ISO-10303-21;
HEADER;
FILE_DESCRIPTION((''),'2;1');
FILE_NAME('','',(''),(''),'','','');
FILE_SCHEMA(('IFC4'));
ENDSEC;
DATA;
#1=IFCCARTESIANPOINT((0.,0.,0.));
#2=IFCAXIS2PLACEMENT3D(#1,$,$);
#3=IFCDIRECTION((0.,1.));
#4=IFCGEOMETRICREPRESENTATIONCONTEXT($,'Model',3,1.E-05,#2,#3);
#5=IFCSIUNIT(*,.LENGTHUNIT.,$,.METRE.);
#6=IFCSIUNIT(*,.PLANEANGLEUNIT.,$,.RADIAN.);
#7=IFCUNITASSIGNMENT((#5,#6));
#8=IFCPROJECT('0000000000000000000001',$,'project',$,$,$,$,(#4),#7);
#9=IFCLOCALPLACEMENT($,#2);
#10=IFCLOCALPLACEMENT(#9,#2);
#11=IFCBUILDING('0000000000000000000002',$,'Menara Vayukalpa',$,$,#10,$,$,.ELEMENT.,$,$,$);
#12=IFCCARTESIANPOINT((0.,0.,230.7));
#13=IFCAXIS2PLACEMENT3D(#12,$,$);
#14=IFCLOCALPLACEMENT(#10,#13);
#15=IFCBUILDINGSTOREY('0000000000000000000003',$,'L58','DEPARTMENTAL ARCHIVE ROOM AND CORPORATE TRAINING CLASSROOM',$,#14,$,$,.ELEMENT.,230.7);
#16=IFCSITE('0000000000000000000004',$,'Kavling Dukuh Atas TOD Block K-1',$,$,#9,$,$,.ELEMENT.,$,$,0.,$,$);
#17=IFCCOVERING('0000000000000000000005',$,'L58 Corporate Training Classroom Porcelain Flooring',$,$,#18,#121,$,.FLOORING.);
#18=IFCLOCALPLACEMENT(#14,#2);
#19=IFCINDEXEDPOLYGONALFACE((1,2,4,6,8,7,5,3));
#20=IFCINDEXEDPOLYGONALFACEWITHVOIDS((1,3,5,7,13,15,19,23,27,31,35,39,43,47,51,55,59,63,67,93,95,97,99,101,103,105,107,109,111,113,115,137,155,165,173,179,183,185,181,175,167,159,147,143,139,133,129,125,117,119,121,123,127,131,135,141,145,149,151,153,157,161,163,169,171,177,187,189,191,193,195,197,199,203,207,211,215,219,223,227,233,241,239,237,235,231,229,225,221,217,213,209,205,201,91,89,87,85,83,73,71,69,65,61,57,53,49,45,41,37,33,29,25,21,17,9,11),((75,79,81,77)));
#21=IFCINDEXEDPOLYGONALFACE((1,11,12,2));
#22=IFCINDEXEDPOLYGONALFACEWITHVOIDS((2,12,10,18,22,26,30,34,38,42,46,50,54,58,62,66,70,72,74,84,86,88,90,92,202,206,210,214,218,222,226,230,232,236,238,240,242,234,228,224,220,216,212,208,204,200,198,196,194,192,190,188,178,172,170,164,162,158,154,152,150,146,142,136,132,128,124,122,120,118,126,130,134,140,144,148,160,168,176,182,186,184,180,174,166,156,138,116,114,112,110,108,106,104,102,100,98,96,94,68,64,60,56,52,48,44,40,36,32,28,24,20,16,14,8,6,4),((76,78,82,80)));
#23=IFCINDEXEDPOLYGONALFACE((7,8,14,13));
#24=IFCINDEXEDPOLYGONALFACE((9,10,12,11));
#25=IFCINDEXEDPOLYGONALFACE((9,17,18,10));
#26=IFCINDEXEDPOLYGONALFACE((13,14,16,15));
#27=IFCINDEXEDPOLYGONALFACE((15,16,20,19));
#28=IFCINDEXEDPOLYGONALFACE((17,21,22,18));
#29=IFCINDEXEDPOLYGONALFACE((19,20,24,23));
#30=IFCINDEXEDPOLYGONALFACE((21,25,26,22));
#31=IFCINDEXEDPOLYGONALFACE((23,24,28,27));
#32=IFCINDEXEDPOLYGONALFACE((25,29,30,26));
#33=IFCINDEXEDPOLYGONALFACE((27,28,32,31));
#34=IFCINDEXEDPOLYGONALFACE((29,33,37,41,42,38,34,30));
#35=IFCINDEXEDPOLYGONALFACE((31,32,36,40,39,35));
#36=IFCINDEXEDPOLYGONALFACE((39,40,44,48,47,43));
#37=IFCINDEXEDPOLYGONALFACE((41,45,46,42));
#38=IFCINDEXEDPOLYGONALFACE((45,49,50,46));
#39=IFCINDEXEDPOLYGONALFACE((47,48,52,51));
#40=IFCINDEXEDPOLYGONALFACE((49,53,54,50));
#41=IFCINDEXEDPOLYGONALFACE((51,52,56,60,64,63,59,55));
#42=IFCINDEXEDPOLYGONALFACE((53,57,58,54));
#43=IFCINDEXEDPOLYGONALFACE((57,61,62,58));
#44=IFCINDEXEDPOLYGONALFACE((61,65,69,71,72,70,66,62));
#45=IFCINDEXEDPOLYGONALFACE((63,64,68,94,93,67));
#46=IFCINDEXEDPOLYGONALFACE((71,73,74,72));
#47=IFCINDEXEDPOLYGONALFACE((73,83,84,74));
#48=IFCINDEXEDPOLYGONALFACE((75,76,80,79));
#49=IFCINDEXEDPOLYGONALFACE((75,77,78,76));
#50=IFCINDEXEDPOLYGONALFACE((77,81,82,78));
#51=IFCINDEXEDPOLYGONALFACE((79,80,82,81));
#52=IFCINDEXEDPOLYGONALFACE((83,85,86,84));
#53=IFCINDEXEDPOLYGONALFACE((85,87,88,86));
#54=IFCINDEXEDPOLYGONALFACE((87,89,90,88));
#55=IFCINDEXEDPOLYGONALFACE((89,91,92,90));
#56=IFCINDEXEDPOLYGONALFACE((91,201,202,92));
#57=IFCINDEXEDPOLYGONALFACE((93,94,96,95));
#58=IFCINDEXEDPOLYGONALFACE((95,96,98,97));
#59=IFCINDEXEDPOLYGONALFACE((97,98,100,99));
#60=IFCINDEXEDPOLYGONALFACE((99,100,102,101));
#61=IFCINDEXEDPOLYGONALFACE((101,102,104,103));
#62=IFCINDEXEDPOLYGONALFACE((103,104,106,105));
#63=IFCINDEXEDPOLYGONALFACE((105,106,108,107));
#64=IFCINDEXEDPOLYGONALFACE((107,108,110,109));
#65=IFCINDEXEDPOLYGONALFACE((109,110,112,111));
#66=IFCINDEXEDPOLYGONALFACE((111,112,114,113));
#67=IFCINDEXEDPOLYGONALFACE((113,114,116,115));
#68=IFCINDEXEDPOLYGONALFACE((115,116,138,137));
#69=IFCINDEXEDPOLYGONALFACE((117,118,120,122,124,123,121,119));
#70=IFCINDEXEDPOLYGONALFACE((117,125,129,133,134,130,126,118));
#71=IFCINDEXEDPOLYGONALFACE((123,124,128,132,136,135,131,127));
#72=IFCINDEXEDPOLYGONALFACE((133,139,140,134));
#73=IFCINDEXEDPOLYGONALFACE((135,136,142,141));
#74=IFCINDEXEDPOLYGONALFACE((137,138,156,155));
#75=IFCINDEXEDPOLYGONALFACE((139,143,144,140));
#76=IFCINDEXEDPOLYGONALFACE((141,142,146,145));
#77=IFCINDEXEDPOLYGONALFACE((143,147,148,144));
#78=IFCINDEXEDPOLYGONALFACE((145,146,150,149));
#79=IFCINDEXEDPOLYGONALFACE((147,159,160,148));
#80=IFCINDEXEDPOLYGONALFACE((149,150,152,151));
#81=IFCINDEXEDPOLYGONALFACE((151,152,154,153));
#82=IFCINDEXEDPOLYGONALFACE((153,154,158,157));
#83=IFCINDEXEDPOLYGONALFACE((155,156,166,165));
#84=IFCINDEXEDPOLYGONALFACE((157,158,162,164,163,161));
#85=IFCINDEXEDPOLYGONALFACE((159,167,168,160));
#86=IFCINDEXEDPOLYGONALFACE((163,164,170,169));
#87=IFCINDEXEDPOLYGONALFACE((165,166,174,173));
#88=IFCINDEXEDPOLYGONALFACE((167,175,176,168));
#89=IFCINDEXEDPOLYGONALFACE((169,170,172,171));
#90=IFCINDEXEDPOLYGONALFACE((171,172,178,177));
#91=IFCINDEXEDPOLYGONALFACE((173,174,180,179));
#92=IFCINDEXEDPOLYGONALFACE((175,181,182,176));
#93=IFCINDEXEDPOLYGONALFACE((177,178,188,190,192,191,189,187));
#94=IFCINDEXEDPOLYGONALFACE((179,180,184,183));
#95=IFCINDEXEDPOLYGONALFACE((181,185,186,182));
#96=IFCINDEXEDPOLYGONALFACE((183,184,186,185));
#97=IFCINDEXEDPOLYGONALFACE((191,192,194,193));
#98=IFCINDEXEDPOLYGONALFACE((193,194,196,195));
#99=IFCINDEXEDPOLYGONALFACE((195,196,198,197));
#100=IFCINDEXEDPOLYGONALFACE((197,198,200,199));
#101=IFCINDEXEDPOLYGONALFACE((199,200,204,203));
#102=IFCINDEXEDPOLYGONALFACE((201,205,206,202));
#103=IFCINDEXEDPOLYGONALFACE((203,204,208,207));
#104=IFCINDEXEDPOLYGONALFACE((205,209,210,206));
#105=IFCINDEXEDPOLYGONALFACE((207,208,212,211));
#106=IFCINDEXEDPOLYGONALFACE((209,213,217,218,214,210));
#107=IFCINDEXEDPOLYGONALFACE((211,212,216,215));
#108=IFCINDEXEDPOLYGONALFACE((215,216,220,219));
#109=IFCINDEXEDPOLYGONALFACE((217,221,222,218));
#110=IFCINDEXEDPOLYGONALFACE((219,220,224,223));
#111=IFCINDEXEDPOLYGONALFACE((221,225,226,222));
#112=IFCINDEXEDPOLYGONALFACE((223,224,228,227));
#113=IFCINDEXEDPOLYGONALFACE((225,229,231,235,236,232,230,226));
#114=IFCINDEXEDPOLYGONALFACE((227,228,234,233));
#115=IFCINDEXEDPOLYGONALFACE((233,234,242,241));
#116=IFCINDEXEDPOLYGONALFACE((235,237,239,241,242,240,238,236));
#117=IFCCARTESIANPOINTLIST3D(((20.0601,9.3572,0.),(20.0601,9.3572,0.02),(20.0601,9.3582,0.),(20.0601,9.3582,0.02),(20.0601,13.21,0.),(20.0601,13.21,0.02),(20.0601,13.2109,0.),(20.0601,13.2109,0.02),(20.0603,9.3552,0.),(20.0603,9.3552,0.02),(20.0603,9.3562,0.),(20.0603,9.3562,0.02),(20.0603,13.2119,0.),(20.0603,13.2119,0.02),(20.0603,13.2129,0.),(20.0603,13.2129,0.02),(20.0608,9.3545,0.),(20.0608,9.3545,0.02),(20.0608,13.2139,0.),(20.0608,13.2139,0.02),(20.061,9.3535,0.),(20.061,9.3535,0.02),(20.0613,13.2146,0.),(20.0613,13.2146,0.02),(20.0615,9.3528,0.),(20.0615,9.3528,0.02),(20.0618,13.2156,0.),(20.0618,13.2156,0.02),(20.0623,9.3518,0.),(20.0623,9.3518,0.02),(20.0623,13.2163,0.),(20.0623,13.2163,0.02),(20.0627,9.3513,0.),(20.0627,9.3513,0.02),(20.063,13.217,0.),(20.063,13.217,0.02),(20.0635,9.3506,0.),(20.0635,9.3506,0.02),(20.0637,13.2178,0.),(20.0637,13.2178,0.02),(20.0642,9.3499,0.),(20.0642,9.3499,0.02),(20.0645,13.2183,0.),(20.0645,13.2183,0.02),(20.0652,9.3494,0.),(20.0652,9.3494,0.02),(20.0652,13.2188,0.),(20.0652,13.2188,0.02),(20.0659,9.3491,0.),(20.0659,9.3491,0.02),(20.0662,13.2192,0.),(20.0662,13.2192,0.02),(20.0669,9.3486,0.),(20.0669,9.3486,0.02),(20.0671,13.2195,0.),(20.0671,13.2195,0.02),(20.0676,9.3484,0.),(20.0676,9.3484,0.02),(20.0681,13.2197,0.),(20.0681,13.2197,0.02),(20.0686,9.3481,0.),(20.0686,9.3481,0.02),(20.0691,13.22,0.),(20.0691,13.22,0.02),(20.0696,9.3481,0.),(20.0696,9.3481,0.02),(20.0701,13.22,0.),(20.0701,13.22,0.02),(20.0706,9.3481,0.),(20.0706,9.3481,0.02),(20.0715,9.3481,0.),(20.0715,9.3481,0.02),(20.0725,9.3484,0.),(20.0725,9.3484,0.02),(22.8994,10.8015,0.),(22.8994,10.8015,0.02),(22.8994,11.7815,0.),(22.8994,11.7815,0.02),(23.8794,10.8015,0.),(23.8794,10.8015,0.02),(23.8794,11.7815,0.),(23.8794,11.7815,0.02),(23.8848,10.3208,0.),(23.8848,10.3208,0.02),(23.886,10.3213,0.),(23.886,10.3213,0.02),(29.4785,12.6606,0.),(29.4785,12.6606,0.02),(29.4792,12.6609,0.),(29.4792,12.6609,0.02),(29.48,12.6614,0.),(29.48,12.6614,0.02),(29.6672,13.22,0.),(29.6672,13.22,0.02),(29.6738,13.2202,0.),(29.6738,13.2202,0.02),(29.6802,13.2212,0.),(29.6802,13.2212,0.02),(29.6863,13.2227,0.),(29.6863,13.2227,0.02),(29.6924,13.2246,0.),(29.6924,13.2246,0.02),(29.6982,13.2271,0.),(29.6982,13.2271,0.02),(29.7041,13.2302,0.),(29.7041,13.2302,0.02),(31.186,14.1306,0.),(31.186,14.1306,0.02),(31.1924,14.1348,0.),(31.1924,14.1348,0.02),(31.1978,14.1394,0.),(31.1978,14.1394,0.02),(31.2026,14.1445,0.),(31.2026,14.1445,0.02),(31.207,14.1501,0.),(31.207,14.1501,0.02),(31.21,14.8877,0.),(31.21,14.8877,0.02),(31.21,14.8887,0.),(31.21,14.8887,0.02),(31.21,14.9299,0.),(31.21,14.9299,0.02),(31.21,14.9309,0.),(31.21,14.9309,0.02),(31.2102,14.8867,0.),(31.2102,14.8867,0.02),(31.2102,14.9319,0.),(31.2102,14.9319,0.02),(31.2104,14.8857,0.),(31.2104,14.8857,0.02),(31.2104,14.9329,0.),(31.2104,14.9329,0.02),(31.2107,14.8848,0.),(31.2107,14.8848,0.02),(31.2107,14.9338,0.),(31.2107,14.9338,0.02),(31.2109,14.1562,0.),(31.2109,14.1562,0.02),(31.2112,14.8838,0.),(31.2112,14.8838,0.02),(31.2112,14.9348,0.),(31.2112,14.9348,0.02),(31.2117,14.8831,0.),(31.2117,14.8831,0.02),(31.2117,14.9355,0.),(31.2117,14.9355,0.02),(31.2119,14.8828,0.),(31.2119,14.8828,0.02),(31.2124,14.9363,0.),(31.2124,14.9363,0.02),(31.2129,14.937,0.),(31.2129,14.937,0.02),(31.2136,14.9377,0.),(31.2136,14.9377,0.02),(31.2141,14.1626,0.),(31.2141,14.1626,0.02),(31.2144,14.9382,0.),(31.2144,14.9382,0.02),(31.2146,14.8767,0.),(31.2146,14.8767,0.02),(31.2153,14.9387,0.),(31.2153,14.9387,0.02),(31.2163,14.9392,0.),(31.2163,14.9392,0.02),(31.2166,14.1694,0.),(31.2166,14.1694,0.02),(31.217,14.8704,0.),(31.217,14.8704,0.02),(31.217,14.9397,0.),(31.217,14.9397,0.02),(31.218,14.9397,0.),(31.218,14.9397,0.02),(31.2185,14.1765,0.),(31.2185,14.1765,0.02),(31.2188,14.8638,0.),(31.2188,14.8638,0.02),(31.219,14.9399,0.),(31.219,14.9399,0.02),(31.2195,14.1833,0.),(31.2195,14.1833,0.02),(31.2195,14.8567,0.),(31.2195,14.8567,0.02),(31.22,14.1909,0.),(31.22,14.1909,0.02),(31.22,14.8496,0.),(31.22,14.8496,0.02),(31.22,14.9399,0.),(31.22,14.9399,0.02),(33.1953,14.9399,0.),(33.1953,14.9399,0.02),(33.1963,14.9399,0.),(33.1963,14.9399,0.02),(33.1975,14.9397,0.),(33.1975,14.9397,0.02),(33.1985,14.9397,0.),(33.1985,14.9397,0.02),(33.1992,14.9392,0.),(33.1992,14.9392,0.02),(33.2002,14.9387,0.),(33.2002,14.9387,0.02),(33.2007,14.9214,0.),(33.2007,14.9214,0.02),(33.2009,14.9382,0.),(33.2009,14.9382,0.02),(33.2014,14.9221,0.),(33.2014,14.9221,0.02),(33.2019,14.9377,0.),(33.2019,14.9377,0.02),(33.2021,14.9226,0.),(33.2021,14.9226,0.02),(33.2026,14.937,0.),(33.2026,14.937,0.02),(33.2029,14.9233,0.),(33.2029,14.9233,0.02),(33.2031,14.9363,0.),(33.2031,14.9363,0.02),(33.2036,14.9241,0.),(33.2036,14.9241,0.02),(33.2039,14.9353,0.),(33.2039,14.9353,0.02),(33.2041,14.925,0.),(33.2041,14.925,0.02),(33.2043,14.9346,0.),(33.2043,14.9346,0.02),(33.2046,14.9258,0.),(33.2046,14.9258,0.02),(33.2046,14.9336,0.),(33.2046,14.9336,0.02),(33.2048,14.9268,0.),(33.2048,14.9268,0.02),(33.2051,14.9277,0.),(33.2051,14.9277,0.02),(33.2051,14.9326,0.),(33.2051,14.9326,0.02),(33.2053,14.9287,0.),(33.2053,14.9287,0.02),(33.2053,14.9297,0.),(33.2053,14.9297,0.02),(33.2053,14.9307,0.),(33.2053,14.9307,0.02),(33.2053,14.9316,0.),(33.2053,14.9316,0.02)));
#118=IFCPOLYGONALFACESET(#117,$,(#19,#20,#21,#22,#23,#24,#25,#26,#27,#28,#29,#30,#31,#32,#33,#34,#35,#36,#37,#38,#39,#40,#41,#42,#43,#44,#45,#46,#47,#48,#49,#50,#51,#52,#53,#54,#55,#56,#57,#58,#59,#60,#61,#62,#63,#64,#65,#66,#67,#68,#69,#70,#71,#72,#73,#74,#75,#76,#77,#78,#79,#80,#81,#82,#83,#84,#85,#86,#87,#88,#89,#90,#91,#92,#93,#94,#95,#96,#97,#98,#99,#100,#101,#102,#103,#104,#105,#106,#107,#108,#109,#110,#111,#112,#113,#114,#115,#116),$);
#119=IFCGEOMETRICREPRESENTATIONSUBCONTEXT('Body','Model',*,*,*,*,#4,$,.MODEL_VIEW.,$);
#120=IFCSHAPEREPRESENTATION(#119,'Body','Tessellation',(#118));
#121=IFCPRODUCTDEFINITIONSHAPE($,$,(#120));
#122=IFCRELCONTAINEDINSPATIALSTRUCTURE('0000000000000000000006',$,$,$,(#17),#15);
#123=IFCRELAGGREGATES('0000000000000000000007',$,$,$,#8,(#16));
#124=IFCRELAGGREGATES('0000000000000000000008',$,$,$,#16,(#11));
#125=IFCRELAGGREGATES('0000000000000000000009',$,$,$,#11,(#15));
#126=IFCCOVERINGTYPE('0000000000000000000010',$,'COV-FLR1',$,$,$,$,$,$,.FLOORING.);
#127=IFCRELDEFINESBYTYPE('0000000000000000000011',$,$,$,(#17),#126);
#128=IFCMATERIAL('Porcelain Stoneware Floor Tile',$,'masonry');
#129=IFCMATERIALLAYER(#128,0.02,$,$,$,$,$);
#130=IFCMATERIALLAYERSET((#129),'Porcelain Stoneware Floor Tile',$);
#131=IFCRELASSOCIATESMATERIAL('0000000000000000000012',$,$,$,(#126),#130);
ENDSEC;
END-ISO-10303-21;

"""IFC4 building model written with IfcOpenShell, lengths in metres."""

from ifc_helpers import new_model, si_unit, direction, frame, origin, place, context, subcontext, project, spatial, polyline, outline, extrude, material, layer, layer_set, type_object, element, save


model = new_model("IFC4")

# Units and contexts
model_context = context("Model", 3, precision=1e-05, world=origin(), true_north=direction((0.0, 1.0)))
body_context = subcontext(model_context, "Body", "Model", "MODEL_VIEW")
ifc_project = project(units=[si_unit("LENGTHUNIT", "METRE"), si_unit("PLANEANGLEUNIT", "RADIAN")], contexts=[model_context])

# Site, building, storey
site_placement = place(None, origin())
site = spatial("IfcSite", under=ifc_project, at=site_placement, Name="Kavling Dukuh Atas TOD Block K-1", CompositionType="ELEMENT", RefElevation=0.0)
building_placement = place(site_placement, origin())
building = spatial("IfcBuilding", under=site, at=building_placement, Name="Menara Vayukalpa", CompositionType="ELEMENT")
storey_placement = place(building_placement, frame((0.0, 0.0, 230.7)))
storey = spatial("IfcBuildingStorey", under=building, at=storey_placement, Name="L58", Description="DEPARTMENTAL ARCHIVE ROOM AND CORPORATE TRAINING CLASSROOM", CompositionType="ELEMENT", Elevation=230.7)

# Covering
ifc_material_1 = material(Name="Porcelain Stoneware Floor Tile", Category="masonry")
ifc_layer_1 = layer(ifc_material_1, 0.02)
ifc_layer_set_1 = layer_set([ifc_layer_1], Name="Porcelain Stoneware Floor Tile")
covering_type_1 = type_object("IfcCoveringType", Name="COV-FLR1", PredefinedType="FLOORING", material=ifc_layer_set_1)
covering_1_placement = place(storey_placement, origin())
element("IfcCovering", 1, at=covering_1_placement, inside=storey, type_object=covering_type_1, Name="L58 Corporate Training Classroom Porcelain Flooring", PredefinedType="FLOORING", context=body_context, shape_type="SweptSolid", body=[
    extrude(outline(polyline([(20.0725, 9.3484), (20.0715, 9.3481), (20.0706, 9.3481), (20.0696, 9.3481), (20.0686, 9.3481), (20.0676, 9.3484), (20.0669, 9.3486), (20.0659, 9.3491), (20.0652, 9.3494), (20.0642, 9.3499), (20.0635, 9.3506), (20.0627, 9.3513), (20.0623, 9.3518), (20.0615, 9.3528), (20.061, 9.3535), (20.0608, 9.3545), (20.0603, 9.3552), (20.0603, 9.3562), (20.0601, 9.3572), (20.0601, 9.3582), (20.0601, 13.21), (20.0601, 13.2109), (20.0603, 13.2119), (20.0603, 13.2129), (20.0608, 13.2139), (20.0613, 13.2146), (20.0618, 13.2156), (20.0623, 13.2163), (20.063, 13.217), (20.0637, 13.2178), (20.0645, 13.2183), (20.0652, 13.2188), (20.0662, 13.2192), (20.0671, 13.2195), (20.0681, 13.2197), (20.0691, 13.22), (20.0701, 13.22), (29.6672, 13.22), (29.6738, 13.2202), (29.6802, 13.2212), (29.6863, 13.2227), (29.6924, 13.2246), (29.6982, 13.2271), (29.7041, 13.2302), (31.186, 14.1306), (31.1924, 14.1348), (31.1978, 14.1394), (31.2026, 14.1445), (31.207, 14.1501), (31.2109, 14.1562), (31.2141, 14.1626), (31.2166, 14.1694), (31.2185, 14.1765), (31.2195, 14.1833), (31.22, 14.1909), (31.22, 14.8496), (31.2195, 14.8567), (31.2188, 14.8638), (31.217, 14.8704), (31.2146, 14.8767), (31.2119, 14.8828), (31.2117, 14.8831), (31.2112, 14.8838), (31.2107, 14.8848), (31.2104, 14.8857), (31.2102, 14.8867), (31.21, 14.8877), (31.21, 14.8887), (31.21, 14.9299), (31.21, 14.9309), (31.2102, 14.9319), (31.2104, 14.9329), (31.2107, 14.9338), (31.2112, 14.9348), (31.2117, 14.9355), (31.2124, 14.9363), (31.2129, 14.937), (31.2136, 14.9377), (31.2144, 14.9382), (31.2153, 14.9387), (31.2163, 14.9392), (31.217, 14.9397), (31.218, 14.9397), (31.219, 14.9399), (31.22, 14.9399), (33.1953, 14.9399), (33.1963, 14.9399), (33.1975, 14.9397), (33.1985, 14.9397), (33.1992, 14.9392), (33.2002, 14.9387), (33.2009, 14.9382), (33.2019, 14.9377), (33.2026, 14.937), (33.2031, 14.9363), (33.2039, 14.9353), (33.2043, 14.9346), (33.2046, 14.9336), (33.2051, 14.9326), (33.2053, 14.9316), (33.2053, 14.9307), (33.2053, 14.9297), (33.2053, 14.9287), (33.2051, 14.9277), (33.2048, 14.9268), (33.2046, 14.9258), (33.2041, 14.925), (33.2036, 14.9241), (33.2029, 14.9233), (33.2021, 14.9226), (33.2014, 14.9221), (33.2007, 14.9214), (29.48, 12.6614), (29.4792, 12.6609), (29.4785, 12.6606), (23.886, 10.3213), (23.8848, 10.3208), (20.0725, 9.3484)]), holes=[polyline([(23.8794, 11.7815), (22.8994, 11.7815), (22.8994, 10.8015), (23.8794, 10.8015), (23.8794, 11.7815)])]), origin(), (0.0, 0.0, 1.0), 0.02),
])

save(model, "model.ifc")
